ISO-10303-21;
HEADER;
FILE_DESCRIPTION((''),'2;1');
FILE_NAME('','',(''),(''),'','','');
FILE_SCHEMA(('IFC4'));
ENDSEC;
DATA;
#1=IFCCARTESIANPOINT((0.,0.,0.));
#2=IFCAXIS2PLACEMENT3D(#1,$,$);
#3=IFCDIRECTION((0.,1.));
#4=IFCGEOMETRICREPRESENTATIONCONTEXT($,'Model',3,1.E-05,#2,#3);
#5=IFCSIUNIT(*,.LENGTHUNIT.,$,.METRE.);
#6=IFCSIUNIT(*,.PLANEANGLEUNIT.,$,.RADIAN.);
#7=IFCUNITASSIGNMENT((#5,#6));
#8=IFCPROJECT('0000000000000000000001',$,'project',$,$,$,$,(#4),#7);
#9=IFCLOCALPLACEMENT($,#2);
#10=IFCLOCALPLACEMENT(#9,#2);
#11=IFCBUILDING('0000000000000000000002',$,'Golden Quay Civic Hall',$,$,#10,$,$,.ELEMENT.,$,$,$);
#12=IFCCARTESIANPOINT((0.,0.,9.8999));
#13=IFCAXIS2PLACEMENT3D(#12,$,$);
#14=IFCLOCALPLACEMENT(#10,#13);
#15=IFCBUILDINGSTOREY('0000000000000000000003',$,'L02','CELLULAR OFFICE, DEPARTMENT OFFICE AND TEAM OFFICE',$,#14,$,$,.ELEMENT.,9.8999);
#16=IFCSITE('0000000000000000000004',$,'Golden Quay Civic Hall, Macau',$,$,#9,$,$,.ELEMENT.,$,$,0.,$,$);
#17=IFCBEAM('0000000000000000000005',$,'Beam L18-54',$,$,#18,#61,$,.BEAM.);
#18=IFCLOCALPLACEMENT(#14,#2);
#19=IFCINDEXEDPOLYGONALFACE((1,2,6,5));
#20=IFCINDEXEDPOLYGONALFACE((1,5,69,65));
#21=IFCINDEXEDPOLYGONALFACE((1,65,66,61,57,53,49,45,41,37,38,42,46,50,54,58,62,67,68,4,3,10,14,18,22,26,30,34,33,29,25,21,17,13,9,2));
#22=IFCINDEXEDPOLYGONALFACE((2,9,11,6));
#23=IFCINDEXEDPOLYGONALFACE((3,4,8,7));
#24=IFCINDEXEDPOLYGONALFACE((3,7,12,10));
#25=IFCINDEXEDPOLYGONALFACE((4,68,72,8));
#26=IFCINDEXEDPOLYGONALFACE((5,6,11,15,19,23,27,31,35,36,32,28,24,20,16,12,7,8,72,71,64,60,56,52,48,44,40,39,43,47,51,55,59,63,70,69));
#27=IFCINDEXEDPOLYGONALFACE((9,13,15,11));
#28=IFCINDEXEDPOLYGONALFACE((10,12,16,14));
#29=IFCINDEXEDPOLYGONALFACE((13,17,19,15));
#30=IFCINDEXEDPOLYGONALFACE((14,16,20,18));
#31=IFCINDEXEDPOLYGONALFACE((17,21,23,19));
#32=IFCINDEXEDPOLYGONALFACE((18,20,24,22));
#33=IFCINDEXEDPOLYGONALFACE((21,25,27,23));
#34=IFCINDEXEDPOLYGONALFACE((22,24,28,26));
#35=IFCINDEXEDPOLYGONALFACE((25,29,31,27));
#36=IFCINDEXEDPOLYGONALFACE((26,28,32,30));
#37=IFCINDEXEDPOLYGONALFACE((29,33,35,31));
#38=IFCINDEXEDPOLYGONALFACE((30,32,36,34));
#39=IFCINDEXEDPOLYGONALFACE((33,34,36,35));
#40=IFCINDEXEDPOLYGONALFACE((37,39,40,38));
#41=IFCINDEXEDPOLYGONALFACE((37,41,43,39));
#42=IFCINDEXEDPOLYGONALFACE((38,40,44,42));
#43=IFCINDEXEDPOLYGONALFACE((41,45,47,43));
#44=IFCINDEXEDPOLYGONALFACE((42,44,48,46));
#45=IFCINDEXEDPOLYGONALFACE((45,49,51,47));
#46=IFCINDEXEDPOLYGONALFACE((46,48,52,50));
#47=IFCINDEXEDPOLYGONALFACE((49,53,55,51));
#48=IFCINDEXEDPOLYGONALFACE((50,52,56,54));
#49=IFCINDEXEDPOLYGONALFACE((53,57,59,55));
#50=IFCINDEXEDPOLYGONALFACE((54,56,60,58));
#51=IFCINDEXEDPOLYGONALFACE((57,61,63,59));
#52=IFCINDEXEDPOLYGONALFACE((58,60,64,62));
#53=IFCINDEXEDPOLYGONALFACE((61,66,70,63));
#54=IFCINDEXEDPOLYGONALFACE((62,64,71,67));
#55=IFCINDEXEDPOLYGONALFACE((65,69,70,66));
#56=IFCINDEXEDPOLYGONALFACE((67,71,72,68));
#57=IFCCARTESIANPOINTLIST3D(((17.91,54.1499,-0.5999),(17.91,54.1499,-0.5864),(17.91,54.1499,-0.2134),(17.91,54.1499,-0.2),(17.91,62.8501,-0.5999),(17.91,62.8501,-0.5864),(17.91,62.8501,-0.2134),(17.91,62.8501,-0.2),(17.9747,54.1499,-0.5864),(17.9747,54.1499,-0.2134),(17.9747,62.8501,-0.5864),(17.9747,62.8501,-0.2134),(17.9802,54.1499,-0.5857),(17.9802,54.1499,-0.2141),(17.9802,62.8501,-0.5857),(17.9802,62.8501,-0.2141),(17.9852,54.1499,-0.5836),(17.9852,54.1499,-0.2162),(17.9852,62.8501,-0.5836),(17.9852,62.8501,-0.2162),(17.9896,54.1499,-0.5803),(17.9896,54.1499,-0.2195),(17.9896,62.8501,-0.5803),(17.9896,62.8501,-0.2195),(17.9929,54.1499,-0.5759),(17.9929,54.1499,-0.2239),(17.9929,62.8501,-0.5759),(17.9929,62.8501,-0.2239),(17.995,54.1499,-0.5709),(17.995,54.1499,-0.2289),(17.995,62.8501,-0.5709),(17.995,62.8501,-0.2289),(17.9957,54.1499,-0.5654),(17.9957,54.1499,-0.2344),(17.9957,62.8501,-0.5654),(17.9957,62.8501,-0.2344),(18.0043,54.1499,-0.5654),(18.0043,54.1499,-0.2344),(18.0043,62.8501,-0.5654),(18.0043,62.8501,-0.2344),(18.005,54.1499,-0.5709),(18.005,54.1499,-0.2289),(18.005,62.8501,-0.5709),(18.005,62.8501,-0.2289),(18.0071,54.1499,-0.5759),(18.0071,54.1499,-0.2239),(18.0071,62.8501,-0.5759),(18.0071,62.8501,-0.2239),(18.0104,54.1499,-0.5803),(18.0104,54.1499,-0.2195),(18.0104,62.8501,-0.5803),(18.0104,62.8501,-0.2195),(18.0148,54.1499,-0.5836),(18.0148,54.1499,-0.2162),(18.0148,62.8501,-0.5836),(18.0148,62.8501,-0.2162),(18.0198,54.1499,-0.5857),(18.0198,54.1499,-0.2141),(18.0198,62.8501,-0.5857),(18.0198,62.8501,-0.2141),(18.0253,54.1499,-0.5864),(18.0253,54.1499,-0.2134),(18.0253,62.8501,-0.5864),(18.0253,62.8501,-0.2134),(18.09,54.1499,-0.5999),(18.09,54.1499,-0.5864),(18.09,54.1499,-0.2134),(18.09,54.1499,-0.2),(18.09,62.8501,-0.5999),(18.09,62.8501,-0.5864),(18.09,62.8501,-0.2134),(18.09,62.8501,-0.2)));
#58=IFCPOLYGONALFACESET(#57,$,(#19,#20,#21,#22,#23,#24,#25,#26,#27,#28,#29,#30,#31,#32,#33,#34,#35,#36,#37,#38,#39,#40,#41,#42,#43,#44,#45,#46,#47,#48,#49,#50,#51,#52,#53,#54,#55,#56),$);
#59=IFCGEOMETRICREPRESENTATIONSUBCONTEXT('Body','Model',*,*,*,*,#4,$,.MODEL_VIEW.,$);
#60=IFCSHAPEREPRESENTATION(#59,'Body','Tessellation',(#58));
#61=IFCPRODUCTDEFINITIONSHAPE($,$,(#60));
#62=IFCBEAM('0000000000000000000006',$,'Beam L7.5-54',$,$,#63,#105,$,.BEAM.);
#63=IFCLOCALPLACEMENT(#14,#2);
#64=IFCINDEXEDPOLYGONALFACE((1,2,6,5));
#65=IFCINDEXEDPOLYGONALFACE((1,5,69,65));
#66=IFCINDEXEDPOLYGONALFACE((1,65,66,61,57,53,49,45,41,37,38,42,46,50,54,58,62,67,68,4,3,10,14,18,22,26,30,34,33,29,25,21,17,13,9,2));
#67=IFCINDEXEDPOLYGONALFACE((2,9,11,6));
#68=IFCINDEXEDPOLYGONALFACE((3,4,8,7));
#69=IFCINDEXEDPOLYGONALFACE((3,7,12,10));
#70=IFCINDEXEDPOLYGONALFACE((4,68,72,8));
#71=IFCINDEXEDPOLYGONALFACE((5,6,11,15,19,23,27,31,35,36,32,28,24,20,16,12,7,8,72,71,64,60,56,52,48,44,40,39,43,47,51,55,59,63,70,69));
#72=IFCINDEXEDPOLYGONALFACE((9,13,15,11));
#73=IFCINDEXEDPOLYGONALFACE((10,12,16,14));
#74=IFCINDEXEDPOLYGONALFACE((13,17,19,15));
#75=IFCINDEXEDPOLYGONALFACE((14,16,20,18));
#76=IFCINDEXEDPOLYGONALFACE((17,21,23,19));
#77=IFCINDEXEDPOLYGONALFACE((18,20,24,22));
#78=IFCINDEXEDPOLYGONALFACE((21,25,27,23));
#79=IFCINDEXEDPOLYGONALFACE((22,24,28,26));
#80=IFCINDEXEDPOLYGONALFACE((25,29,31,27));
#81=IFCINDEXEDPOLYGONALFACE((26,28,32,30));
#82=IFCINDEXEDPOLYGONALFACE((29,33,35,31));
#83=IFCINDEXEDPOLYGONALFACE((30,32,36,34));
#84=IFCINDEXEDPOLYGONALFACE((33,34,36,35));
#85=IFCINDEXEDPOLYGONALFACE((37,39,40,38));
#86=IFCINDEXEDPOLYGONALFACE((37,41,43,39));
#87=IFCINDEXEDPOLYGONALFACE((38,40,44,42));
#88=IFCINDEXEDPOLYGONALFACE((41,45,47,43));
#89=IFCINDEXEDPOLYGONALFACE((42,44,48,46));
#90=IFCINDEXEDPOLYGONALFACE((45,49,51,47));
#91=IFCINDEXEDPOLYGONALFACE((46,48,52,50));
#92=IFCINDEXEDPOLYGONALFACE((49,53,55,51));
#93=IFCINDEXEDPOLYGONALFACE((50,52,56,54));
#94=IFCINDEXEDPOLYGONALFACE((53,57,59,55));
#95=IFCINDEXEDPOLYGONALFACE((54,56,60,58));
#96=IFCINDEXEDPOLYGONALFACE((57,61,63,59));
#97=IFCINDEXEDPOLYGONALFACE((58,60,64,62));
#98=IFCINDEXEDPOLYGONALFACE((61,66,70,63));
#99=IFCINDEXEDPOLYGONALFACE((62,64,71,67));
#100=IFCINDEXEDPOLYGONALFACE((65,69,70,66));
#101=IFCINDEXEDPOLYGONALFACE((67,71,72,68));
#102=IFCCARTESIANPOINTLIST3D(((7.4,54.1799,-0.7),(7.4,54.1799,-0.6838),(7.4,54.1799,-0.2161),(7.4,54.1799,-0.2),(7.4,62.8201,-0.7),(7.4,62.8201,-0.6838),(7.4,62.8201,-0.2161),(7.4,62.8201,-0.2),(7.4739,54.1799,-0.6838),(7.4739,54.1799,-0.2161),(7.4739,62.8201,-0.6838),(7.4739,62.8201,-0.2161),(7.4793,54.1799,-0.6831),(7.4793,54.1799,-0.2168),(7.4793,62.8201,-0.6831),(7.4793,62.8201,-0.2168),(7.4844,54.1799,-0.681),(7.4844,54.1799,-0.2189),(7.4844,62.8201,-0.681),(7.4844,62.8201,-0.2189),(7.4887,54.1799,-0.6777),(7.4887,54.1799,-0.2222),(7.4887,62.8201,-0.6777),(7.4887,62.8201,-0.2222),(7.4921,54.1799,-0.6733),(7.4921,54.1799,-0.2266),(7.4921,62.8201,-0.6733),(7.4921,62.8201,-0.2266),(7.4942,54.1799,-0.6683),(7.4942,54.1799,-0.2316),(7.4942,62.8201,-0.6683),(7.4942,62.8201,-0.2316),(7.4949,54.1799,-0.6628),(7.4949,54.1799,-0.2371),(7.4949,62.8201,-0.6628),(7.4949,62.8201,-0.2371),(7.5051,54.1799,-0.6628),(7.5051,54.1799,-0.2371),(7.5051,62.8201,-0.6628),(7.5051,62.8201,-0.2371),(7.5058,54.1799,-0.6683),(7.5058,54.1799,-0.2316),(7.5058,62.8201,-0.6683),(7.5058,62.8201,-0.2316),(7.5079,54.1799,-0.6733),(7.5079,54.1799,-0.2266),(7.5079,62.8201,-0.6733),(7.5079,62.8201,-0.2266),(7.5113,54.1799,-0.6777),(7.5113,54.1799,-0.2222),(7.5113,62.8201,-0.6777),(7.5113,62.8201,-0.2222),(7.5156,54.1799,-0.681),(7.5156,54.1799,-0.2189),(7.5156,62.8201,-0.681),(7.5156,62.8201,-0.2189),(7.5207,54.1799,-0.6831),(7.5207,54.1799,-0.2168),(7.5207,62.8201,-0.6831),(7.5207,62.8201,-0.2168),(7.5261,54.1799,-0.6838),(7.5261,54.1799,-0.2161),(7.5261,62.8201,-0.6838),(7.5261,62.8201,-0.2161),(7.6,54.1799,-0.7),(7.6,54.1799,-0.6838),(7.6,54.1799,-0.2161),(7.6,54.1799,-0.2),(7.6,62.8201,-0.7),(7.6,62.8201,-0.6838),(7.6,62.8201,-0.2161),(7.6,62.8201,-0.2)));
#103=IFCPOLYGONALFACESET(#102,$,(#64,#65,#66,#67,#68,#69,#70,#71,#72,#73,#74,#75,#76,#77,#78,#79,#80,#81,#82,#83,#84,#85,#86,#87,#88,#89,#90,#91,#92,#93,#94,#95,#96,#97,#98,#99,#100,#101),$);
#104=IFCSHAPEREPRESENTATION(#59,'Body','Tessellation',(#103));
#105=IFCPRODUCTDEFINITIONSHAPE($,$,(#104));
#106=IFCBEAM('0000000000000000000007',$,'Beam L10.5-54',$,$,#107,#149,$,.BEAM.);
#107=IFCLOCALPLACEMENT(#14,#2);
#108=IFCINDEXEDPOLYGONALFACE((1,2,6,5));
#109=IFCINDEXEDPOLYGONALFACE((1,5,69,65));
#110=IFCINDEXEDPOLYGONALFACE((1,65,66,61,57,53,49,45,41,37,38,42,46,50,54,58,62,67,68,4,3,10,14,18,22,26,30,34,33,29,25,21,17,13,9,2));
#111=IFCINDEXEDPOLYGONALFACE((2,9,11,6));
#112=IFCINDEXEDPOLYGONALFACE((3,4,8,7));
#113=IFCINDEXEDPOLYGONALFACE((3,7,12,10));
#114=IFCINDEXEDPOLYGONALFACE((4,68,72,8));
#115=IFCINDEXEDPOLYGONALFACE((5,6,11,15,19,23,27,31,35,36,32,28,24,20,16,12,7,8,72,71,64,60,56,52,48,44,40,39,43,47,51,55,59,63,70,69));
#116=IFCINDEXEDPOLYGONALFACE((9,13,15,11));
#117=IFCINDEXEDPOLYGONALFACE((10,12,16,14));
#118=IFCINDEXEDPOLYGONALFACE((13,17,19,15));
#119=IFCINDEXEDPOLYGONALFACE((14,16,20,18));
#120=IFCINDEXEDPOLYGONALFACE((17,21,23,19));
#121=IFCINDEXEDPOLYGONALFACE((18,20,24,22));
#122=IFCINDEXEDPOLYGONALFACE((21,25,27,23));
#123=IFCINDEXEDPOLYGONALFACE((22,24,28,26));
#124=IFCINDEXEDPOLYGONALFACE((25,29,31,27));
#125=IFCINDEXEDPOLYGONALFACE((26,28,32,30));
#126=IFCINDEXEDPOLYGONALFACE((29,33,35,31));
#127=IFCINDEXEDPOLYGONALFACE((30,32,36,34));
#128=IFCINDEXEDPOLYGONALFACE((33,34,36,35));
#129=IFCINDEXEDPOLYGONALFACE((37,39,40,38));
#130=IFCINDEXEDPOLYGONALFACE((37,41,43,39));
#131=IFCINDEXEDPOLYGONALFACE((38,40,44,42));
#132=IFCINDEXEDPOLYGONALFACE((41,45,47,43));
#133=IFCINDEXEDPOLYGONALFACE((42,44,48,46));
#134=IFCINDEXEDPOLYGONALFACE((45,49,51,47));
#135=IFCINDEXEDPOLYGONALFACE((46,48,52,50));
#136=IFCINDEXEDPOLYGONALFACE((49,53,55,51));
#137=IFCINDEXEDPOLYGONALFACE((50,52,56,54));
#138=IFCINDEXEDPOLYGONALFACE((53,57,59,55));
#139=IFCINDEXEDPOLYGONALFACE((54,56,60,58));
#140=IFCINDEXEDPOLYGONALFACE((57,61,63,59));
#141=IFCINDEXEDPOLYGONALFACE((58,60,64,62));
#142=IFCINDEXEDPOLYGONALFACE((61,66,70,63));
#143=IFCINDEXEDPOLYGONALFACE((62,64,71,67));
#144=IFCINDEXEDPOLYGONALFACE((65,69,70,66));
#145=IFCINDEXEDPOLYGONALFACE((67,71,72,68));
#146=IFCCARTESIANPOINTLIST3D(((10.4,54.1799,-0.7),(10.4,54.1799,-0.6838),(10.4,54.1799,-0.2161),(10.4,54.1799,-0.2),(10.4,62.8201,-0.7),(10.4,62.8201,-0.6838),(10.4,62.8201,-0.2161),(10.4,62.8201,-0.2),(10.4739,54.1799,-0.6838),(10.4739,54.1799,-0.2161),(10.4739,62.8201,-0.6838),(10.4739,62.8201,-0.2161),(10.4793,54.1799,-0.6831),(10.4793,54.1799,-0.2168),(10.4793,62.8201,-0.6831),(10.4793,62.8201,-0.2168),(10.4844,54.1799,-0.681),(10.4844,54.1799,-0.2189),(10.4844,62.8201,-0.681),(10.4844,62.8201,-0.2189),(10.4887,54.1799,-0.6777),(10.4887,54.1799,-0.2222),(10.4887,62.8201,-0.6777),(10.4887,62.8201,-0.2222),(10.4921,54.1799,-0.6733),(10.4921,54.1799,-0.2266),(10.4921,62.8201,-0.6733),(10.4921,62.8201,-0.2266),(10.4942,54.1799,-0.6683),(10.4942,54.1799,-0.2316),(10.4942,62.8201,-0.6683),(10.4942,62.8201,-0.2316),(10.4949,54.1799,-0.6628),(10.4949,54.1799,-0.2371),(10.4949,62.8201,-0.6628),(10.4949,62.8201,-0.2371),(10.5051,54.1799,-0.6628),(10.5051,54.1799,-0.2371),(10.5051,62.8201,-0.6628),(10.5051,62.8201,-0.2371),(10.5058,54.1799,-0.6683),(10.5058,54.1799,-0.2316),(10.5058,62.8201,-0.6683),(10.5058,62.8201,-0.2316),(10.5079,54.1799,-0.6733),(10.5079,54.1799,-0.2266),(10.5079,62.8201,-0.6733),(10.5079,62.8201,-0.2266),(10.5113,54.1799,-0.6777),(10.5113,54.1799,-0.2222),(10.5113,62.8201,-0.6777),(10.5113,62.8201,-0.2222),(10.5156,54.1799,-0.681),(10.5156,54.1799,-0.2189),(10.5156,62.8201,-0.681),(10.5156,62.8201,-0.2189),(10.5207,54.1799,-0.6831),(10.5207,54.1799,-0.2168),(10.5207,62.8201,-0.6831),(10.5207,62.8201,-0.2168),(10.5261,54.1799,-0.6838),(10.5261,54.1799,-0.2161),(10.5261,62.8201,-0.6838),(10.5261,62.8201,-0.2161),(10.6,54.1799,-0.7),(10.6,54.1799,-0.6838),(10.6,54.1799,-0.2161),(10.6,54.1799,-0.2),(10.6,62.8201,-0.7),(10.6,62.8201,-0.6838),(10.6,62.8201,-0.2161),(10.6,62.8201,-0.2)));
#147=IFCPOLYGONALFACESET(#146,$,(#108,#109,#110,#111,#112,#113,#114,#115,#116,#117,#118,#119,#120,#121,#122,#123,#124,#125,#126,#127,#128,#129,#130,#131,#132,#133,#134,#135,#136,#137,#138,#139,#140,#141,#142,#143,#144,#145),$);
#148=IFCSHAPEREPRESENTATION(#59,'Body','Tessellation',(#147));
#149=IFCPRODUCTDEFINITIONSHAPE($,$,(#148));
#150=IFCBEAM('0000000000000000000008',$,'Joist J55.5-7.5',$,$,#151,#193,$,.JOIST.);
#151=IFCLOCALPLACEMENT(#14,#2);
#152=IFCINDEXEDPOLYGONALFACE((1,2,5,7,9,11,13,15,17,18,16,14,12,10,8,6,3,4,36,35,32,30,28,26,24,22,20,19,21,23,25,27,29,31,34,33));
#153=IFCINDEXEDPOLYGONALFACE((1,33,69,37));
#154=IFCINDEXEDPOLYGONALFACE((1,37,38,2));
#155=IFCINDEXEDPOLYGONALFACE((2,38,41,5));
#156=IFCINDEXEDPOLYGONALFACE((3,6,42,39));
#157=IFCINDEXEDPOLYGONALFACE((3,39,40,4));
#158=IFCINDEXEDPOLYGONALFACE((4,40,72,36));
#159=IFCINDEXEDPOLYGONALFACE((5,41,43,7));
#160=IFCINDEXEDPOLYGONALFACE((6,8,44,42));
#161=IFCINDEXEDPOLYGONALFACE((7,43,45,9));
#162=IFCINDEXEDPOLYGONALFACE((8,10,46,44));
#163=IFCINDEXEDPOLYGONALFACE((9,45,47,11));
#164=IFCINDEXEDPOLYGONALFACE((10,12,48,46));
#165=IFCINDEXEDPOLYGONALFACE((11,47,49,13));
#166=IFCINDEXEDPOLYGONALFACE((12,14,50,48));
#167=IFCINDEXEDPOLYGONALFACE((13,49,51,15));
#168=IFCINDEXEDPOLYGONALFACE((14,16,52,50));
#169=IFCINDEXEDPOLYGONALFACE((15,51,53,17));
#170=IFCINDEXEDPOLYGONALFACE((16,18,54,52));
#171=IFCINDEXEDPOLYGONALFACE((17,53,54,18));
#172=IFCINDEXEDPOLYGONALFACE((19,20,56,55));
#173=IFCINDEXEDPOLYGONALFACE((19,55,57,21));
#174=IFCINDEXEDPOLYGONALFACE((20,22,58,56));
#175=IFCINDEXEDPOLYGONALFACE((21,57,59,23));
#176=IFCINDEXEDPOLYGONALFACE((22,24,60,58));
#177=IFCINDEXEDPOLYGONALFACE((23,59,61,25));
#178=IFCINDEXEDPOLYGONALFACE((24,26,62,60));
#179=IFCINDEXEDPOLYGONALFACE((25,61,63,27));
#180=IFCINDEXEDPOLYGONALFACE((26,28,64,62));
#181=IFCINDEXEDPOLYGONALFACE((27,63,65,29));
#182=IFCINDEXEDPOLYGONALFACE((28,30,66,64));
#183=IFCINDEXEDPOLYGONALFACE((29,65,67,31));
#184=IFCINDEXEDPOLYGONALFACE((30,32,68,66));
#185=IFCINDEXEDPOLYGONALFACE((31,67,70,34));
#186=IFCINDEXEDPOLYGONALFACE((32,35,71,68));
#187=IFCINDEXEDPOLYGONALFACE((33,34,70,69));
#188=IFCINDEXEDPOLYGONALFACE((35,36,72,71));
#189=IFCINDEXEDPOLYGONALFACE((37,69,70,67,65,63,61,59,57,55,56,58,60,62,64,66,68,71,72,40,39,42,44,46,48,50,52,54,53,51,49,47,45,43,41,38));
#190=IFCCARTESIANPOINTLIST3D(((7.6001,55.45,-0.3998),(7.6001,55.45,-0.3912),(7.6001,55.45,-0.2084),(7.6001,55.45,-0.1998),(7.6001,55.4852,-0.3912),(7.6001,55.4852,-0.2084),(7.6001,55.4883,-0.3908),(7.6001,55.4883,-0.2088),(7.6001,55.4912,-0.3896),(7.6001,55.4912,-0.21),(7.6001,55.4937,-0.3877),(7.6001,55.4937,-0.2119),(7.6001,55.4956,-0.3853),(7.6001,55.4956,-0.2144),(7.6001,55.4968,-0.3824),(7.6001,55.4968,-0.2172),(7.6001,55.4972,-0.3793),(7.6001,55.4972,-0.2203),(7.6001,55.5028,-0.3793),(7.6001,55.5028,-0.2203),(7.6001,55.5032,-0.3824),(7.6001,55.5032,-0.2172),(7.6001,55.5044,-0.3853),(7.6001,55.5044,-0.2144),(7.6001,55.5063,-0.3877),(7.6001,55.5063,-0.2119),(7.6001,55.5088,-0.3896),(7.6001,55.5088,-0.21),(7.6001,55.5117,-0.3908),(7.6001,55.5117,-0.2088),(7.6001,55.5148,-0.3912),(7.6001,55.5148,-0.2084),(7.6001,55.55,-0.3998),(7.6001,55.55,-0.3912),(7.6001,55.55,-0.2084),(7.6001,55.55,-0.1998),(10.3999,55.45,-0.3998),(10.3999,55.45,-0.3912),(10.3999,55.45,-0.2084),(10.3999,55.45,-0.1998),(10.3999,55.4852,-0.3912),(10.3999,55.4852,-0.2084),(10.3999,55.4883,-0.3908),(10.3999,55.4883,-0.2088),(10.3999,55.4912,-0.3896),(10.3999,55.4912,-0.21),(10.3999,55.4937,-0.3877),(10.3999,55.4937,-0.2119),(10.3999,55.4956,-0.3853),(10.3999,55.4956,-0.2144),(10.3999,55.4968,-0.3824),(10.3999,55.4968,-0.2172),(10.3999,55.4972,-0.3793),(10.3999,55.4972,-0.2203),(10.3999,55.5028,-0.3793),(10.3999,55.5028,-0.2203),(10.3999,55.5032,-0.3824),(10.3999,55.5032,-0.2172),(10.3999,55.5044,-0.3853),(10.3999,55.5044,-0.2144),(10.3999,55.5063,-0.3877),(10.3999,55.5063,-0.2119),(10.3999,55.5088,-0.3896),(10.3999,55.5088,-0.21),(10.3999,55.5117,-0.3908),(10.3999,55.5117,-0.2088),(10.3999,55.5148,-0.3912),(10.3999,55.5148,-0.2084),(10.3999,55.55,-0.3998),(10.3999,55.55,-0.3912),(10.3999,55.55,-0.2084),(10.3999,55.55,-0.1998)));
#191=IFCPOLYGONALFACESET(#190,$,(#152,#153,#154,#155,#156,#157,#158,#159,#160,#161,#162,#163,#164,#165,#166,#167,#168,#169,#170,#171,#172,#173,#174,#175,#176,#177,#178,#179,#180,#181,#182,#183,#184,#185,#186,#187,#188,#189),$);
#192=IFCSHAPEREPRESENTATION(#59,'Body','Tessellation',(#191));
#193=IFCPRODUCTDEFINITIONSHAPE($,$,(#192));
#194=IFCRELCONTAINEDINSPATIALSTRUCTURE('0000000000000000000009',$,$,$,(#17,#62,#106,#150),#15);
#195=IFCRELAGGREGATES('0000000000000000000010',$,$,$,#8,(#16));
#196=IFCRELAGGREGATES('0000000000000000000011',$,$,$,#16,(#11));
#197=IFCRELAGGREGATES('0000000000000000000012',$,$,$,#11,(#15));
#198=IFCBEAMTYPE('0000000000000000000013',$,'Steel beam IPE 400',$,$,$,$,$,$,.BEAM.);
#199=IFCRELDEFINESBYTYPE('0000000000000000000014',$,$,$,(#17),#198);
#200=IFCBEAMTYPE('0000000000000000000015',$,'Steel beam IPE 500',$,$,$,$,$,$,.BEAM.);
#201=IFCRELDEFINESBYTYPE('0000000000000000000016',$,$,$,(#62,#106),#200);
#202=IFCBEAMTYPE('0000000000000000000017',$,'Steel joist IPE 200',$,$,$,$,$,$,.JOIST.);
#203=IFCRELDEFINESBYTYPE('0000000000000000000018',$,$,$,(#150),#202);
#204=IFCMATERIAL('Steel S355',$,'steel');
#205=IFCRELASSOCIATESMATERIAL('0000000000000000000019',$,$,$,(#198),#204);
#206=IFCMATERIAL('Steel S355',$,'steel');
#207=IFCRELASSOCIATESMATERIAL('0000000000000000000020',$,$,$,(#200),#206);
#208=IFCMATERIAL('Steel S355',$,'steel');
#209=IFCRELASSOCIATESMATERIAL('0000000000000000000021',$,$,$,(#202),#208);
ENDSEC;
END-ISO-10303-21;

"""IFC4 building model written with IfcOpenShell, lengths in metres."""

from ifc_helpers import new_model, si_unit, direction, frame, origin, origin_2d, place, context, subcontext, project, spatial, i_section, extrude, material, material_profile, profile_set, type_object, element, save


model = new_model("IFC4")

# Units and contexts
model_context = context("Model", 3, precision=1e-05, world=origin(), true_north=direction((0.0, 1.0)))
body_context = subcontext(model_context, "Body", "Model", "MODEL_VIEW")
ifc_project = project(units=[si_unit("LENGTHUNIT", "METRE"), si_unit("PLANEANGLEUNIT", "RADIAN")], contexts=[model_context])

# Site, building, storey
site_placement = place(None, origin())
site = spatial("IfcSite", under=ifc_project, at=site_placement, Name="Golden Quay Civic Hall, Macau", CompositionType="ELEMENT", RefElevation=0.0)
building_placement = place(site_placement, origin())
building = spatial("IfcBuilding", under=site, at=building_placement, Name="Golden Quay Civic Hall", CompositionType="ELEMENT")
storey_placement = place(building_placement, frame((0.0, 0.0, 9.8999)))
storey = spatial("IfcBuildingStorey", under=building, at=storey_placement, Name="L02", Description="CELLULAR OFFICE, DEPARTMENT OFFICE AND TEAM OFFICE", CompositionType="ELEMENT", Elevation=9.8999)

# Beams
ifc_material_1 = material(Name="Steel S355", Category="steel")
ifc_material_profile_1 = material_profile(ifc_material_1, i_section(OverallWidth=0.1799, OverallDepth=0.3999, WebThickness=0.0085, FlangeThickness=0.0134, FilletRadius=0.021, at=origin_2d()), Name="IPE 400")
ifc_profile_set_1 = profile_set([ifc_material_profile_1], Name="Steel S355")
beam_type_1 = type_object("IfcBeamType", Name="Steel beam IPE 400", PredefinedType="BEAM", material=ifc_profile_set_1)
beam_1_placement = place(storey_placement, frame((18.0, 54.1499, -0.3999), z_axis=(0.0, 1.0, 0.0), x_axis=(-1.0, 0.0, 0.0)))
element("IfcBeam", 1, at=beam_1_placement, inside=storey, type_object=beam_type_1, Name="Beam L18-54", PredefinedType="BEAM", context=body_context, shape_type="SweptSolid", body=[
    extrude(i_section(OverallWidth=0.1799, OverallDepth=0.3999, WebThickness=0.0085, FlangeThickness=0.0134, FilletRadius=0.021, at=origin_2d()), origin(), (0.0, 0.0, 1.0), 8.7002),
])
ifc_material_2 = material(Name="Steel S355", Category="steel")
ifc_material_profile_2 = material_profile(ifc_material_2, i_section(OverallWidth=0.2, OverallDepth=0.5, WebThickness=0.0103, FlangeThickness=0.0161, FilletRadius=0.021, at=origin_2d()), Name="IPE 500")
ifc_profile_set_2 = profile_set([ifc_material_profile_2], Name="Steel S355")
beam_type_2 = type_object("IfcBeamType", Name="Steel beam IPE 500", PredefinedType="BEAM", material=ifc_profile_set_2)
for number, where, z_axis, x_axis, name in (
    (2, (7.5, 54.1799, -0.45), (0.0, 1.0, 0.0), (-1.0, 0.0, 0.0), "Beam L7.5-54"),
    (3, (10.5, 54.1799, -0.45), (0.0, 1.0, 0.0), (-1.0, 0.0, 0.0), "Beam L10.5-54"),
):
    element("IfcBeam", number, at=place(storey_placement, frame(where, z_axis=z_axis, x_axis=x_axis)), inside=storey, type_object=beam_type_2, Name=name, PredefinedType="BEAM", context=body_context, shape_type="SweptSolid", body=[
        extrude(i_section(OverallWidth=0.2, OverallDepth=0.5, WebThickness=0.0103, FlangeThickness=0.0161, FilletRadius=0.021, at=origin_2d()), origin(), (0.0, 0.0, 1.0), 8.6401),
    ])
ifc_material_3 = material(Name="Steel S355", Category="steel")
ifc_material_profile_3 = material_profile(ifc_material_3, i_section(OverallWidth=0.1001, OverallDepth=0.2, WebThickness=0.0056, FlangeThickness=0.0085, FilletRadius=0.012, at=origin_2d()), Name="IPE 200")
ifc_profile_set_3 = profile_set([ifc_material_profile_3], Name="Steel S355")
beam_type_3 = type_object("IfcBeamType", Name="Steel joist IPE 200", PredefinedType="JOIST", material=ifc_profile_set_3)
for number, where, z_axis, x_axis, name in (
    (4, (7.6001, 55.5, -0.2998), (1.0, 0.0, 0.0), (0.0, 1.0, 0.0), "Joist J55.5-7.5"),
):
    element("IfcBeam", number, at=place(storey_placement, frame(where, z_axis=z_axis, x_axis=x_axis)), inside=storey, type_object=beam_type_3, Name=name, PredefinedType="JOIST", context=body_context, shape_type="SweptSolid", body=[
        extrude(i_section(OverallWidth=0.1001, OverallDepth=0.2, WebThickness=0.0056, FlangeThickness=0.0085, FilletRadius=0.012, at=origin_2d()), origin(), (0.0, 0.0, 1.0), 2.7998),
    ])

save(model, "model.ifc")
